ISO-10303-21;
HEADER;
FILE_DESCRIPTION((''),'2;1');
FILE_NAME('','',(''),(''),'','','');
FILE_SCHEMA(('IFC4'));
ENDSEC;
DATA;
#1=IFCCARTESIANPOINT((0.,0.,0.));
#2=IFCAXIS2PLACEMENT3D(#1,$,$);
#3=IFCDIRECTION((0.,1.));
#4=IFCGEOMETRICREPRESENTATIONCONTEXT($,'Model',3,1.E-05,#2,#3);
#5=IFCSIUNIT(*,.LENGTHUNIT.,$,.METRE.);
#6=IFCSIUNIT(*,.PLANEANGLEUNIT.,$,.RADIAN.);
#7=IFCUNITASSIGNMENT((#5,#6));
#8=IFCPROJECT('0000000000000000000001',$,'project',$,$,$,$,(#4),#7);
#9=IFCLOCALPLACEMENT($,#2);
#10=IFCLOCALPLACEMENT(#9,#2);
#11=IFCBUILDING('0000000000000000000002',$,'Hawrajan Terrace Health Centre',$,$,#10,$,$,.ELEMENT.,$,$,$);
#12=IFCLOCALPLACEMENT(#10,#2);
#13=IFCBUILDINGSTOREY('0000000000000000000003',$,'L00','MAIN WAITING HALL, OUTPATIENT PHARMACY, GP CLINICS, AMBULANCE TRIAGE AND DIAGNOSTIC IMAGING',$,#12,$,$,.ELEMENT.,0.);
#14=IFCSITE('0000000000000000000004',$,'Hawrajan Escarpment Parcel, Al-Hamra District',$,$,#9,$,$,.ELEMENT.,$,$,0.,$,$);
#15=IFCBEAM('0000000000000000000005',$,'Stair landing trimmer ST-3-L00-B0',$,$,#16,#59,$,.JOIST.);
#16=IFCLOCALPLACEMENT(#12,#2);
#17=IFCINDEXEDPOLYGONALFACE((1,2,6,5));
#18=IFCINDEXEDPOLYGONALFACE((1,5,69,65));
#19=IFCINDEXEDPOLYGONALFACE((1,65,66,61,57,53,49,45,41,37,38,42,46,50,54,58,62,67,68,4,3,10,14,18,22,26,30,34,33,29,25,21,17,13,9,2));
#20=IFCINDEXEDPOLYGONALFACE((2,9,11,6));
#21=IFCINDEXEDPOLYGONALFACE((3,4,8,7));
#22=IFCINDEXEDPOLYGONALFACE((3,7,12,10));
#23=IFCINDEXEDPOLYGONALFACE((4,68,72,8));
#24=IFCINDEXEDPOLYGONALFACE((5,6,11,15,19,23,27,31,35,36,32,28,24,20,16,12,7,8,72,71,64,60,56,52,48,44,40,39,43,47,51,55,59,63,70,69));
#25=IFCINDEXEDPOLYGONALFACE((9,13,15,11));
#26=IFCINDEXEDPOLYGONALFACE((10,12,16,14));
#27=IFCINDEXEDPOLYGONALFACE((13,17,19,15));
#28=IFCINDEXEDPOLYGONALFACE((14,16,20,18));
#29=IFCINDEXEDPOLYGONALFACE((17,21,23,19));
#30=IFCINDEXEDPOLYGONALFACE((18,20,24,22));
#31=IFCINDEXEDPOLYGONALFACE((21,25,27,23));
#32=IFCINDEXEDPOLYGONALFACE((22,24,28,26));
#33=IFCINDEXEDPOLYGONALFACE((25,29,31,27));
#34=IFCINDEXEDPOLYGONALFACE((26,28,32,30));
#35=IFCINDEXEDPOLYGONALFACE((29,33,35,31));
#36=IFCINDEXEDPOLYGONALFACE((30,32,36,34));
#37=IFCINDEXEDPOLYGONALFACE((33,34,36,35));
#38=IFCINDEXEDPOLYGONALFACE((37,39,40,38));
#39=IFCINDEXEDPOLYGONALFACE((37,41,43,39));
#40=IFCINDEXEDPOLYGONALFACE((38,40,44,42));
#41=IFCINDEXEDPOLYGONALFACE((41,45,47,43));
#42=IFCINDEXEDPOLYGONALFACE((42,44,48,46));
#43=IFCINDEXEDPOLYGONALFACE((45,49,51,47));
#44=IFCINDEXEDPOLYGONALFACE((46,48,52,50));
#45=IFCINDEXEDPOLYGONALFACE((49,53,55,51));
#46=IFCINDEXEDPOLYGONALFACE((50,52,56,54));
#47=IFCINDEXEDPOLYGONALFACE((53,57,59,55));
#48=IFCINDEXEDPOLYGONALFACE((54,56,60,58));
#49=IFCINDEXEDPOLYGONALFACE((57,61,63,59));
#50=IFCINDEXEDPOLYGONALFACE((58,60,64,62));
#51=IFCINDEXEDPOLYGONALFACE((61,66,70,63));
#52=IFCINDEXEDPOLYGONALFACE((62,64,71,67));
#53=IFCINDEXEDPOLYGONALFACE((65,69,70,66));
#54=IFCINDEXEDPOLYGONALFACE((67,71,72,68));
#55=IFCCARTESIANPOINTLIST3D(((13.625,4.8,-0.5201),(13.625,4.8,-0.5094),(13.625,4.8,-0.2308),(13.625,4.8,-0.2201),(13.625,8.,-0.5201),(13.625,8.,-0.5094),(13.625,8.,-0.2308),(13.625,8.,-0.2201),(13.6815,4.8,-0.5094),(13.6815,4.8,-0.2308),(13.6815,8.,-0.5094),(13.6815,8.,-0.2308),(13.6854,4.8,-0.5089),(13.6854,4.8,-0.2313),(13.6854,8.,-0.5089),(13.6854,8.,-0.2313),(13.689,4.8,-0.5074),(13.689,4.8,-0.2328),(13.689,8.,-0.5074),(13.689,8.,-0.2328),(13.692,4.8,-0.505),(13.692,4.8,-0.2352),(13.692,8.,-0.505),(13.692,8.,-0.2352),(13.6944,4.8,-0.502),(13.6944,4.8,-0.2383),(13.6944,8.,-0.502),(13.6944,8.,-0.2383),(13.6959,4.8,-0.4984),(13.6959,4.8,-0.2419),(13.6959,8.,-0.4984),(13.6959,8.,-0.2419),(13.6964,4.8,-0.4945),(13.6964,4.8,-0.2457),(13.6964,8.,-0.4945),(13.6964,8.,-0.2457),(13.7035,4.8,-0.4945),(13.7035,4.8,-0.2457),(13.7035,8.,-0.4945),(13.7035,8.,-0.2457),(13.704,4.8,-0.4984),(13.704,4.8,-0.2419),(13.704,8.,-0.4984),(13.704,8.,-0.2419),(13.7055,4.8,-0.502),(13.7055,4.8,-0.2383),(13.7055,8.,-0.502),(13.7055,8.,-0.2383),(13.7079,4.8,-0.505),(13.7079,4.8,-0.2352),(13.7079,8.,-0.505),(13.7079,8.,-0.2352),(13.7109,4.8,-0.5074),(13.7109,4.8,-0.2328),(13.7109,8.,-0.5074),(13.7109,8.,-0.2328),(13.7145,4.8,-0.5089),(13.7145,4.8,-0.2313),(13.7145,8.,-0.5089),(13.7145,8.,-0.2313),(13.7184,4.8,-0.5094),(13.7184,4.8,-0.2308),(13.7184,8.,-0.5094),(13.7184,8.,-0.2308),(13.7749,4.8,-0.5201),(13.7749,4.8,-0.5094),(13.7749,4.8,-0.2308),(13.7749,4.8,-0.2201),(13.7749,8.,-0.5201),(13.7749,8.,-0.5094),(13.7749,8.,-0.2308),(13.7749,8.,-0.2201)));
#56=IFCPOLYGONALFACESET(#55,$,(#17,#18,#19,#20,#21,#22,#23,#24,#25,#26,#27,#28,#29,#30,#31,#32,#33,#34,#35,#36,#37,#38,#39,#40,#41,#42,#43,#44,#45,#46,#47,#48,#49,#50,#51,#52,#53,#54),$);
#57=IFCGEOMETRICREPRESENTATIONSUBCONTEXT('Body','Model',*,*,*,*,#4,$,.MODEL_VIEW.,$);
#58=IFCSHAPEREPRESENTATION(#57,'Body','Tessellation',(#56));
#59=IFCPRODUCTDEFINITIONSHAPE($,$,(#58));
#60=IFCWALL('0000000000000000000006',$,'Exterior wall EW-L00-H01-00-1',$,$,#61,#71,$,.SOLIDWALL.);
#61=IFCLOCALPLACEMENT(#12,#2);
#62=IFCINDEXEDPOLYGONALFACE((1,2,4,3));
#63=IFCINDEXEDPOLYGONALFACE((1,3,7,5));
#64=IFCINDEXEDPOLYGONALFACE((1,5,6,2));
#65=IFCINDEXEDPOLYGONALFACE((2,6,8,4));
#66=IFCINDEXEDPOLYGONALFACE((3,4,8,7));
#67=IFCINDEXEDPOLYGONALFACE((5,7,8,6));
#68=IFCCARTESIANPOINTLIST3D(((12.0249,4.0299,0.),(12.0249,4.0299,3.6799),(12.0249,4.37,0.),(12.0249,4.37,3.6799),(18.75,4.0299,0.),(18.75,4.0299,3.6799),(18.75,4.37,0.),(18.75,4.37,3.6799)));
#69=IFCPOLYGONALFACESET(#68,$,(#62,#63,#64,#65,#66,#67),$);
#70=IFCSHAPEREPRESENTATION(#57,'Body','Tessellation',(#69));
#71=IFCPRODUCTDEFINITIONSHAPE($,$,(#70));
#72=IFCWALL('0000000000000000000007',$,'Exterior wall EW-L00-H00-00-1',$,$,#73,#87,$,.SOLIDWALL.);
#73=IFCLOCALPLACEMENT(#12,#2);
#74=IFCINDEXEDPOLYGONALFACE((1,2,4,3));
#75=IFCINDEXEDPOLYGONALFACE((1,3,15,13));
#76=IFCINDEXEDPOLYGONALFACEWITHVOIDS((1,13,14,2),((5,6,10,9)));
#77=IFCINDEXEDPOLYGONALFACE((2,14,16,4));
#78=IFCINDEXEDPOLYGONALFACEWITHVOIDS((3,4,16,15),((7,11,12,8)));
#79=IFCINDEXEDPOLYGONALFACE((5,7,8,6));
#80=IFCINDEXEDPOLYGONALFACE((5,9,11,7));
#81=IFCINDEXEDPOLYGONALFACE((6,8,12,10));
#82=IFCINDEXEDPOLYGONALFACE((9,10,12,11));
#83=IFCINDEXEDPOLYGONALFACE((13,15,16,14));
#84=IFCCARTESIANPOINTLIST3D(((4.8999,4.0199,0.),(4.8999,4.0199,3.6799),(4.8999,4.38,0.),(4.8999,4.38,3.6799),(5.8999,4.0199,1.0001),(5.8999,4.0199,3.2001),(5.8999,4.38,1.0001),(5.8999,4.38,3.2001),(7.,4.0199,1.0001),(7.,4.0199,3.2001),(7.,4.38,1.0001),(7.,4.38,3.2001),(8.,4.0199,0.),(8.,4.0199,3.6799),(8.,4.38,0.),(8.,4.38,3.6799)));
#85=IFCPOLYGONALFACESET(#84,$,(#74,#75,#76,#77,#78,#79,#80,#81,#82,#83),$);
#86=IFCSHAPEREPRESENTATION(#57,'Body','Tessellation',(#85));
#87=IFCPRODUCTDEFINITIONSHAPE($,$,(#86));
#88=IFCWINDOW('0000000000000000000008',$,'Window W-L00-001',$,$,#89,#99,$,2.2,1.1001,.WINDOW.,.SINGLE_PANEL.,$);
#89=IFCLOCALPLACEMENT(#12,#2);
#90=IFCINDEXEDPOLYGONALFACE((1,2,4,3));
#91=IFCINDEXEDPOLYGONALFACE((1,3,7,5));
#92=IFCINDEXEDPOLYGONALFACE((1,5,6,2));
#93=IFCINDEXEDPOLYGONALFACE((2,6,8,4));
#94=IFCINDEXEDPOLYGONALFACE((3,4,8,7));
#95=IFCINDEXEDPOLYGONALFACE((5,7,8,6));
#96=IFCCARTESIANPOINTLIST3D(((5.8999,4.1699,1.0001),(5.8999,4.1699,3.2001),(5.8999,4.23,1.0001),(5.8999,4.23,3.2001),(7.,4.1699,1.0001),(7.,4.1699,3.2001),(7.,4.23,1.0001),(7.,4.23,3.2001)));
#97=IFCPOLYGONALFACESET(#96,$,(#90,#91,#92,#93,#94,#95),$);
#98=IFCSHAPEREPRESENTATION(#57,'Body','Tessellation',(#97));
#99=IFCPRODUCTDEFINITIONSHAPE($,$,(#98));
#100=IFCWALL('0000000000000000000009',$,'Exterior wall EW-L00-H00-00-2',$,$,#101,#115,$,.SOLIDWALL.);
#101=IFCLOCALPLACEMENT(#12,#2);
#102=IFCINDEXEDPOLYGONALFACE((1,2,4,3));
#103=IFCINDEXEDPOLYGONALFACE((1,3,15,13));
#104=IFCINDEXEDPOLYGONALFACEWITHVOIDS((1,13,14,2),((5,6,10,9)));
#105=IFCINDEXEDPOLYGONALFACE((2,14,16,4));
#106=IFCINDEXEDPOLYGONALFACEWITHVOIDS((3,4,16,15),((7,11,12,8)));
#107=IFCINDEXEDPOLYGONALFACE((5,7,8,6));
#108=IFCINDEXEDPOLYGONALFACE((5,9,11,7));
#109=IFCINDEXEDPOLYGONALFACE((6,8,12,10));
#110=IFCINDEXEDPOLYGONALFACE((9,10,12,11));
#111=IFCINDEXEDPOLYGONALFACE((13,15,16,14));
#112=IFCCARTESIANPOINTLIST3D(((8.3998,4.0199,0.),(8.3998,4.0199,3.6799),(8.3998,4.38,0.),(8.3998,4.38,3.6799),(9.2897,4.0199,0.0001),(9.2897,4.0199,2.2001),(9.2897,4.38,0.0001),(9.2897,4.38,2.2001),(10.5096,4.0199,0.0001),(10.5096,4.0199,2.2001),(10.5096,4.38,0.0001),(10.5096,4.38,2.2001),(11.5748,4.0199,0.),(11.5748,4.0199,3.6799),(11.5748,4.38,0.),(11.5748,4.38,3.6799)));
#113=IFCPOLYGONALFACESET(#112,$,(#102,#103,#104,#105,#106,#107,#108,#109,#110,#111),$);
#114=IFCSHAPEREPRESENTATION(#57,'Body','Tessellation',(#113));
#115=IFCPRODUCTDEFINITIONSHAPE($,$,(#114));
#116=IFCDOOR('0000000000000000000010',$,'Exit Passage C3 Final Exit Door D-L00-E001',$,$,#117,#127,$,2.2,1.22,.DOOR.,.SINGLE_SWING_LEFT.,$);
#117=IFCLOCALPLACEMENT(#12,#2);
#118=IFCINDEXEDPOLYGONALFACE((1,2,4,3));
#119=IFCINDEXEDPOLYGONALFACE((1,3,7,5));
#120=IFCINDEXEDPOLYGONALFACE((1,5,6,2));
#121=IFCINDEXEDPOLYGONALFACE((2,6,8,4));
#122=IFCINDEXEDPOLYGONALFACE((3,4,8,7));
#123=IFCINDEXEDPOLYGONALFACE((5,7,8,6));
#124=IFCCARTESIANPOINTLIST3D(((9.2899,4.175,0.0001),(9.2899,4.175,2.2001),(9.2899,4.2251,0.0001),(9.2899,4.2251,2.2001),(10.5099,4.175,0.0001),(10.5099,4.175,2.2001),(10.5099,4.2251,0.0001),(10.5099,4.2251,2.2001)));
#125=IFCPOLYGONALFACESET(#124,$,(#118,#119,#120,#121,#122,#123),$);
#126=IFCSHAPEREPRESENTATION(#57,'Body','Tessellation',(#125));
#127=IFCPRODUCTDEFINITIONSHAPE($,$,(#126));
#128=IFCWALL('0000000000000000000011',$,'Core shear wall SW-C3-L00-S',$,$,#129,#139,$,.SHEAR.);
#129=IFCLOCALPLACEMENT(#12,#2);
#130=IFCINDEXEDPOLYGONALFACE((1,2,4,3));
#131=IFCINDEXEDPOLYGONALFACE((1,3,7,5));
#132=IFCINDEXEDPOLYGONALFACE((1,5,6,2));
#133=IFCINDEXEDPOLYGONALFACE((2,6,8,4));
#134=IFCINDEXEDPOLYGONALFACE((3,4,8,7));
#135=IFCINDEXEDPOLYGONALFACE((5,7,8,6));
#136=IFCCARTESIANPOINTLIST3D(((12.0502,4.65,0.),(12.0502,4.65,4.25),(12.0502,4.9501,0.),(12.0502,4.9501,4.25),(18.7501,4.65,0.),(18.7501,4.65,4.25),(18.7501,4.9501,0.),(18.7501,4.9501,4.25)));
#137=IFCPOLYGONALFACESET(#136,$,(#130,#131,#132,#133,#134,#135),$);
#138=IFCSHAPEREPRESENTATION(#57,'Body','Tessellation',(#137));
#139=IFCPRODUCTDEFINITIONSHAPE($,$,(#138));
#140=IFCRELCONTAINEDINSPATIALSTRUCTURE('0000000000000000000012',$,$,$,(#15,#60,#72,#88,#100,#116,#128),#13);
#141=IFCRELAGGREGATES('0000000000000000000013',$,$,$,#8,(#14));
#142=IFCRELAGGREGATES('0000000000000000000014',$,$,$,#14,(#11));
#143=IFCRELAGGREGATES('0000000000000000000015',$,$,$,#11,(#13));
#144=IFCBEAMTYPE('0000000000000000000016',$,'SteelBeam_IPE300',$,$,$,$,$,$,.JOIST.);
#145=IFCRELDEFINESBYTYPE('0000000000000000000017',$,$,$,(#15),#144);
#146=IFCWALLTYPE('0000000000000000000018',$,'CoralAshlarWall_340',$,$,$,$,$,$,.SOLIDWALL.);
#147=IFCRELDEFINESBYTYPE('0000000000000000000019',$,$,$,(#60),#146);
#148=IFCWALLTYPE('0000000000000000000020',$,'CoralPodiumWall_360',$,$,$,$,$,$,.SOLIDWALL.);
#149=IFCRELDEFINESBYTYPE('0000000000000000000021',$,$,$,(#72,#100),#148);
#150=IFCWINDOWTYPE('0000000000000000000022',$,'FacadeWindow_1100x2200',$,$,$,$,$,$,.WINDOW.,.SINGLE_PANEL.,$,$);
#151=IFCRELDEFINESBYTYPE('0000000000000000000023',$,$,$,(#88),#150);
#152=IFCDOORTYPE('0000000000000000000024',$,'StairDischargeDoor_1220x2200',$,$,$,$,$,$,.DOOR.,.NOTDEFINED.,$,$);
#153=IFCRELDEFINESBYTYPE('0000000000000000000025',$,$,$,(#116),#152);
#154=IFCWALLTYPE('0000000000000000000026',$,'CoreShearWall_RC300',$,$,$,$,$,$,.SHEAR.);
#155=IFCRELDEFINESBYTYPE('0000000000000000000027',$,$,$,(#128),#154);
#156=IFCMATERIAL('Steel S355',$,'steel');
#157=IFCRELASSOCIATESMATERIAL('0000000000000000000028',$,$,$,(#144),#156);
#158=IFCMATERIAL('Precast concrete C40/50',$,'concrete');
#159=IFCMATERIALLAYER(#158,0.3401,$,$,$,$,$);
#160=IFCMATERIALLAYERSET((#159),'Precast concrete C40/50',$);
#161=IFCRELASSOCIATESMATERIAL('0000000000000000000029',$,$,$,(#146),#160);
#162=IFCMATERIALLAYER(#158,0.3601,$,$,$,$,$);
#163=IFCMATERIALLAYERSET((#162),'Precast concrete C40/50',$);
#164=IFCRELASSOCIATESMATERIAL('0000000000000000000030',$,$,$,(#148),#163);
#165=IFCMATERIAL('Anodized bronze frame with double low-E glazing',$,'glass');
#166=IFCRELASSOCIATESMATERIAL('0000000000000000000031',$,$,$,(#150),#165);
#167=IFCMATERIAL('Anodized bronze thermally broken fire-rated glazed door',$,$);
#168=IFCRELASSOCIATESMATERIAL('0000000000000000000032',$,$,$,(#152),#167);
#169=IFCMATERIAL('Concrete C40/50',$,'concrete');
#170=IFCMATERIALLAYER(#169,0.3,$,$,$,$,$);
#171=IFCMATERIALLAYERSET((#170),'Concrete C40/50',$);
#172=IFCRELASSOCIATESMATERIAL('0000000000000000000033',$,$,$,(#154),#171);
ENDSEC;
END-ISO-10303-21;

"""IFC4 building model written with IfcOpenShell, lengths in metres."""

from ifc_helpers import new_model, si_unit, direction, frame, frame_2d, origin, origin_2d, place, context, subcontext, project, spatial, rectangle, i_section, extrude, material, layer, layer_set, material_profile, profile_set, type_object, element, fill, save


model = new_model("IFC4")

# Units and contexts
model_context = context("Model", 3, precision=1e-05, world=origin(), true_north=direction((0.0, 1.0)))
body_context = subcontext(model_context, "Body", "Model", "MODEL_VIEW")
ifc_project = project(units=[si_unit("LENGTHUNIT", "METRE"), si_unit("PLANEANGLEUNIT", "RADIAN")], contexts=[model_context])

# Site, building, storey
site_placement = place(None, origin())
site = spatial("IfcSite", under=ifc_project, at=site_placement, Name="Hawrajan Escarpment Parcel, Al-Hamra District", CompositionType="ELEMENT", RefElevation=0.0)
building_placement = place(site_placement, origin())
building = spatial("IfcBuilding", under=site, at=building_placement, Name="Hawrajan Terrace Health Centre", CompositionType="ELEMENT")
storey_placement = place(building_placement, origin())
storey = spatial("IfcBuildingStorey", under=building, at=storey_placement, Name="L00", Description="MAIN WAITING HALL, OUTPATIENT PHARMACY, GP CLINICS, AMBULANCE TRIAGE AND DIAGNOSTIC IMAGING", CompositionType="ELEMENT", Elevation=0.0)

# Shared definitions
ifc_material_1 = material(Name="Concrete C40/50", Category="concrete")

# Beam
ifc_material_2 = material(Name="Steel S355", Category="steel")
ifc_material_profile_1 = material_profile(ifc_material_2, i_section(OverallWidth=0.1499, OverallDepth=0.3, WebThickness=0.0071, FlangeThickness=0.0107, FilletRadius=0.0149, at=origin_2d()), Name="IPE 300")
ifc_profile_set_1 = profile_set([ifc_material_profile_1], Name="Steel S355")
beam_type_1 = type_object("IfcBeamType", Name="SteelBeam_IPE300", PredefinedType="JOIST", material=ifc_profile_set_1)
beam_1_placement = place(storey_placement, frame((13.7, 4.8, -0.3701), z_axis=(0.0, 1.0, 0.0), x_axis=(-1.0, 0.0, 0.0)))
element("IfcBeam", 1, at=beam_1_placement, inside=storey, type_object=beam_type_1, Name="Stair landing trimmer ST-3-L00-B0", PredefinedType="JOIST", context=body_context, shape_type="SweptSolid", body=[
    extrude(i_section(OverallWidth=0.1499, OverallDepth=0.3, WebThickness=0.0071, FlangeThickness=0.0107, FilletRadius=0.0149, at=origin_2d()), origin(), (0.0, 0.0, 1.0), 3.2),
])

# Wall
ifc_material_3 = material(Name="Precast concrete C40/50", Category="concrete")
ifc_layer_1 = layer(ifc_material_3, 0.3401)
ifc_layer_set_1 = layer_set([ifc_layer_1], Name="Precast concrete C40/50")
wall_type_1 = type_object("IfcWallType", Name="CoralAshlarWall_340", PredefinedType="SOLIDWALL", material=ifc_layer_set_1)
wall_1_placement = place(storey_placement, frame((12.0249, 4.2, 0.0), z_axis=(0.0, 0.0, 1.0), x_axis=(1.0, 0.0, 0.0)))
element("IfcWall", 2, at=wall_1_placement, inside=storey, type_object=wall_type_1, Name="Exterior wall EW-L00-H01-00-1", PredefinedType="SOLIDWALL", context=body_context, shape_type="SweptSolid", body=[
    extrude(rectangle(XDim=6.7251, YDim=0.3401, at=frame_2d((3.3625, 0.0))), origin(), (0.0, 0.0, 1.0), 3.6799),
])

# Wall, opening, window
ifc_layer_2 = layer(ifc_material_3, 0.3601)
ifc_layer_set_2 = layer_set([ifc_layer_2], Name="Precast concrete C40/50")
wall_type_2 = type_object("IfcWallType", Name="CoralPodiumWall_360", PredefinedType="SOLIDWALL", material=ifc_layer_set_2)
wall_2_placement = place(storey_placement, frame((4.8999, 4.2, 0.0), z_axis=(0.0, 0.0, 1.0), x_axis=(1.0, 0.0, 0.0)))
wall_2 = element("IfcWall", 3, at=wall_2_placement, inside=storey, type_object=wall_type_2, Name="Exterior wall EW-L00-H00-00-1", PredefinedType="SOLIDWALL", context=body_context, shape_type="SweptSolid", body=[
    extrude(rectangle(XDim=3.1001, YDim=0.3601, at=frame_2d((1.55, 0.0))), origin(), (0.0, 0.0, 1.0), 3.6799),
])
opening_1_placement = place(wall_2_placement, frame((1.0, 0.0, 1.0)))
opening_1 = element("IfcOpeningElement", 4, at=opening_1_placement, cuts=wall_2, PredefinedType="OPENING", context=body_context, shape_type="SweptSolid", body=[
    extrude(rectangle(XDim=1.1001, YDim=2.2, at=frame_2d((0.55, 1.1001))), frame((0.0, 0.1899, 0.0), z_axis=(0.0, -1.0, 0.0), x_axis=(1.0, 0.0, 0.0)), (0.0, 0.0, 1.0), 0.3801),
])
ifc_material_4 = material(Name="Anodized bronze frame with double low-E glazing", Category="glass")
window_type = type_object("IfcWindowType", Name="FacadeWindow_1100x2200", PartitioningType="SINGLE_PANEL", PredefinedType="WINDOW", material=ifc_material_4)
window_placement = place(opening_1_placement, origin())
window = element("IfcWindow", 5, at=window_placement, inside=storey, type_object=window_type, Name="Window W-L00-001", OverallHeight=2.2, OverallWidth=1.1001, PartitioningType="SINGLE_PANEL", PredefinedType="WINDOW", context=body_context, shape_type="SweptSolid", body=[
    extrude(rectangle(XDim=1.1001, YDim=2.2, at=frame_2d((0.55, 1.1001))), frame((0.0, 0.03, 0.0), z_axis=(0.0, -1.0, 0.0), x_axis=(1.0, 0.0, 0.0)), (0.0, 0.0, 1.0), 0.0601),
])
fill(opening_1, window)

# Wall, opening, door
wall_3_placement = place(storey_placement, frame((8.3999, 4.2, 0.0), z_axis=(0.0, 0.0, 1.0), x_axis=(1.0, 0.0, 0.0)))
wall_3 = element("IfcWall", 6, at=wall_3_placement, inside=storey, type_object=wall_type_2, Name="Exterior wall EW-L00-H00-00-2", PredefinedType="SOLIDWALL", context=body_context, shape_type="SweptSolid", body=[
    extrude(rectangle(XDim=3.175, YDim=0.3601, at=frame_2d((1.5874, 0.0))), origin(), (0.0, 0.0, 1.0), 3.6799),
])
opening_2_placement = place(wall_3_placement, frame((0.8899, 0.0, 0.0)))
opening_2 = element("IfcOpeningElement", 7, at=opening_2_placement, cuts=wall_3, PredefinedType="OPENING", context=body_context, shape_type="SweptSolid", body=[
    extrude(rectangle(XDim=1.22, YDim=2.2, at=frame_2d((0.6099, 1.1001))), frame((0.0, 0.1899, 0.0), z_axis=(0.0, -1.0, 0.0), x_axis=(1.0, 0.0, 0.0)), (0.0, 0.0, 1.0), 0.3801),
])
ifc_material_5 = material(Name="Anodized bronze thermally broken fire-rated glazed door")
door_type_1 = type_object("IfcDoorType", Name="StairDischargeDoor_1220x2200", OperationType="NOTDEFINED", PredefinedType="DOOR", material=ifc_material_5)
door_1_placement = place(opening_2_placement, frame((1.22, 0.0, 0.0), z_axis=(0.0, 0.0, 1.0), x_axis=(-1.0, 0.0, 0.0)))
door_1 = element("IfcDoor", 8, at=door_1_placement, inside=storey, type_object=door_type_1, Name="Exit Passage C3 Final Exit Door D-L00-E001", OperationType="SINGLE_SWING_LEFT", OverallHeight=2.2, OverallWidth=1.22, PredefinedType="DOOR", context=body_context, shape_type="SweptSolid", body=[
    extrude(rectangle(XDim=1.22, YDim=2.2, at=frame_2d((0.6099, 1.1001))), frame((0.0, 0.0249, 0.0), z_axis=(0.0, -1.0, 0.0), x_axis=(1.0, 0.0, 0.0)), (0.0, 0.0, 1.0), 0.05),
])
fill(opening_2, door_1)

# Wall
ifc_layer_3 = layer(ifc_material_1, 0.3)
ifc_layer_set_3 = layer_set([ifc_layer_3], Name="Concrete C40/50")
wall_type_3 = type_object("IfcWallType", Name="CoreShearWall_RC300", PredefinedType="SHEAR", material=ifc_layer_set_3)
wall_4_placement = place(storey_placement, frame((12.05, 4.8, 0.0), z_axis=(0.0, 0.0, 1.0), x_axis=(1.0, 0.0, 0.0)))
element("IfcWall", 9, at=wall_4_placement, inside=storey, type_object=wall_type_3, Name="Core shear wall SW-C3-L00-S", PredefinedType="SHEAR", context=body_context, shape_type="SweptSolid", body=[
    extrude(rectangle(XDim=6.7, YDim=0.3, at=frame_2d((3.3501, 0.0))), origin(), (0.0, 0.0, 1.0), 4.25),
])

save(model, "model.ifc")
